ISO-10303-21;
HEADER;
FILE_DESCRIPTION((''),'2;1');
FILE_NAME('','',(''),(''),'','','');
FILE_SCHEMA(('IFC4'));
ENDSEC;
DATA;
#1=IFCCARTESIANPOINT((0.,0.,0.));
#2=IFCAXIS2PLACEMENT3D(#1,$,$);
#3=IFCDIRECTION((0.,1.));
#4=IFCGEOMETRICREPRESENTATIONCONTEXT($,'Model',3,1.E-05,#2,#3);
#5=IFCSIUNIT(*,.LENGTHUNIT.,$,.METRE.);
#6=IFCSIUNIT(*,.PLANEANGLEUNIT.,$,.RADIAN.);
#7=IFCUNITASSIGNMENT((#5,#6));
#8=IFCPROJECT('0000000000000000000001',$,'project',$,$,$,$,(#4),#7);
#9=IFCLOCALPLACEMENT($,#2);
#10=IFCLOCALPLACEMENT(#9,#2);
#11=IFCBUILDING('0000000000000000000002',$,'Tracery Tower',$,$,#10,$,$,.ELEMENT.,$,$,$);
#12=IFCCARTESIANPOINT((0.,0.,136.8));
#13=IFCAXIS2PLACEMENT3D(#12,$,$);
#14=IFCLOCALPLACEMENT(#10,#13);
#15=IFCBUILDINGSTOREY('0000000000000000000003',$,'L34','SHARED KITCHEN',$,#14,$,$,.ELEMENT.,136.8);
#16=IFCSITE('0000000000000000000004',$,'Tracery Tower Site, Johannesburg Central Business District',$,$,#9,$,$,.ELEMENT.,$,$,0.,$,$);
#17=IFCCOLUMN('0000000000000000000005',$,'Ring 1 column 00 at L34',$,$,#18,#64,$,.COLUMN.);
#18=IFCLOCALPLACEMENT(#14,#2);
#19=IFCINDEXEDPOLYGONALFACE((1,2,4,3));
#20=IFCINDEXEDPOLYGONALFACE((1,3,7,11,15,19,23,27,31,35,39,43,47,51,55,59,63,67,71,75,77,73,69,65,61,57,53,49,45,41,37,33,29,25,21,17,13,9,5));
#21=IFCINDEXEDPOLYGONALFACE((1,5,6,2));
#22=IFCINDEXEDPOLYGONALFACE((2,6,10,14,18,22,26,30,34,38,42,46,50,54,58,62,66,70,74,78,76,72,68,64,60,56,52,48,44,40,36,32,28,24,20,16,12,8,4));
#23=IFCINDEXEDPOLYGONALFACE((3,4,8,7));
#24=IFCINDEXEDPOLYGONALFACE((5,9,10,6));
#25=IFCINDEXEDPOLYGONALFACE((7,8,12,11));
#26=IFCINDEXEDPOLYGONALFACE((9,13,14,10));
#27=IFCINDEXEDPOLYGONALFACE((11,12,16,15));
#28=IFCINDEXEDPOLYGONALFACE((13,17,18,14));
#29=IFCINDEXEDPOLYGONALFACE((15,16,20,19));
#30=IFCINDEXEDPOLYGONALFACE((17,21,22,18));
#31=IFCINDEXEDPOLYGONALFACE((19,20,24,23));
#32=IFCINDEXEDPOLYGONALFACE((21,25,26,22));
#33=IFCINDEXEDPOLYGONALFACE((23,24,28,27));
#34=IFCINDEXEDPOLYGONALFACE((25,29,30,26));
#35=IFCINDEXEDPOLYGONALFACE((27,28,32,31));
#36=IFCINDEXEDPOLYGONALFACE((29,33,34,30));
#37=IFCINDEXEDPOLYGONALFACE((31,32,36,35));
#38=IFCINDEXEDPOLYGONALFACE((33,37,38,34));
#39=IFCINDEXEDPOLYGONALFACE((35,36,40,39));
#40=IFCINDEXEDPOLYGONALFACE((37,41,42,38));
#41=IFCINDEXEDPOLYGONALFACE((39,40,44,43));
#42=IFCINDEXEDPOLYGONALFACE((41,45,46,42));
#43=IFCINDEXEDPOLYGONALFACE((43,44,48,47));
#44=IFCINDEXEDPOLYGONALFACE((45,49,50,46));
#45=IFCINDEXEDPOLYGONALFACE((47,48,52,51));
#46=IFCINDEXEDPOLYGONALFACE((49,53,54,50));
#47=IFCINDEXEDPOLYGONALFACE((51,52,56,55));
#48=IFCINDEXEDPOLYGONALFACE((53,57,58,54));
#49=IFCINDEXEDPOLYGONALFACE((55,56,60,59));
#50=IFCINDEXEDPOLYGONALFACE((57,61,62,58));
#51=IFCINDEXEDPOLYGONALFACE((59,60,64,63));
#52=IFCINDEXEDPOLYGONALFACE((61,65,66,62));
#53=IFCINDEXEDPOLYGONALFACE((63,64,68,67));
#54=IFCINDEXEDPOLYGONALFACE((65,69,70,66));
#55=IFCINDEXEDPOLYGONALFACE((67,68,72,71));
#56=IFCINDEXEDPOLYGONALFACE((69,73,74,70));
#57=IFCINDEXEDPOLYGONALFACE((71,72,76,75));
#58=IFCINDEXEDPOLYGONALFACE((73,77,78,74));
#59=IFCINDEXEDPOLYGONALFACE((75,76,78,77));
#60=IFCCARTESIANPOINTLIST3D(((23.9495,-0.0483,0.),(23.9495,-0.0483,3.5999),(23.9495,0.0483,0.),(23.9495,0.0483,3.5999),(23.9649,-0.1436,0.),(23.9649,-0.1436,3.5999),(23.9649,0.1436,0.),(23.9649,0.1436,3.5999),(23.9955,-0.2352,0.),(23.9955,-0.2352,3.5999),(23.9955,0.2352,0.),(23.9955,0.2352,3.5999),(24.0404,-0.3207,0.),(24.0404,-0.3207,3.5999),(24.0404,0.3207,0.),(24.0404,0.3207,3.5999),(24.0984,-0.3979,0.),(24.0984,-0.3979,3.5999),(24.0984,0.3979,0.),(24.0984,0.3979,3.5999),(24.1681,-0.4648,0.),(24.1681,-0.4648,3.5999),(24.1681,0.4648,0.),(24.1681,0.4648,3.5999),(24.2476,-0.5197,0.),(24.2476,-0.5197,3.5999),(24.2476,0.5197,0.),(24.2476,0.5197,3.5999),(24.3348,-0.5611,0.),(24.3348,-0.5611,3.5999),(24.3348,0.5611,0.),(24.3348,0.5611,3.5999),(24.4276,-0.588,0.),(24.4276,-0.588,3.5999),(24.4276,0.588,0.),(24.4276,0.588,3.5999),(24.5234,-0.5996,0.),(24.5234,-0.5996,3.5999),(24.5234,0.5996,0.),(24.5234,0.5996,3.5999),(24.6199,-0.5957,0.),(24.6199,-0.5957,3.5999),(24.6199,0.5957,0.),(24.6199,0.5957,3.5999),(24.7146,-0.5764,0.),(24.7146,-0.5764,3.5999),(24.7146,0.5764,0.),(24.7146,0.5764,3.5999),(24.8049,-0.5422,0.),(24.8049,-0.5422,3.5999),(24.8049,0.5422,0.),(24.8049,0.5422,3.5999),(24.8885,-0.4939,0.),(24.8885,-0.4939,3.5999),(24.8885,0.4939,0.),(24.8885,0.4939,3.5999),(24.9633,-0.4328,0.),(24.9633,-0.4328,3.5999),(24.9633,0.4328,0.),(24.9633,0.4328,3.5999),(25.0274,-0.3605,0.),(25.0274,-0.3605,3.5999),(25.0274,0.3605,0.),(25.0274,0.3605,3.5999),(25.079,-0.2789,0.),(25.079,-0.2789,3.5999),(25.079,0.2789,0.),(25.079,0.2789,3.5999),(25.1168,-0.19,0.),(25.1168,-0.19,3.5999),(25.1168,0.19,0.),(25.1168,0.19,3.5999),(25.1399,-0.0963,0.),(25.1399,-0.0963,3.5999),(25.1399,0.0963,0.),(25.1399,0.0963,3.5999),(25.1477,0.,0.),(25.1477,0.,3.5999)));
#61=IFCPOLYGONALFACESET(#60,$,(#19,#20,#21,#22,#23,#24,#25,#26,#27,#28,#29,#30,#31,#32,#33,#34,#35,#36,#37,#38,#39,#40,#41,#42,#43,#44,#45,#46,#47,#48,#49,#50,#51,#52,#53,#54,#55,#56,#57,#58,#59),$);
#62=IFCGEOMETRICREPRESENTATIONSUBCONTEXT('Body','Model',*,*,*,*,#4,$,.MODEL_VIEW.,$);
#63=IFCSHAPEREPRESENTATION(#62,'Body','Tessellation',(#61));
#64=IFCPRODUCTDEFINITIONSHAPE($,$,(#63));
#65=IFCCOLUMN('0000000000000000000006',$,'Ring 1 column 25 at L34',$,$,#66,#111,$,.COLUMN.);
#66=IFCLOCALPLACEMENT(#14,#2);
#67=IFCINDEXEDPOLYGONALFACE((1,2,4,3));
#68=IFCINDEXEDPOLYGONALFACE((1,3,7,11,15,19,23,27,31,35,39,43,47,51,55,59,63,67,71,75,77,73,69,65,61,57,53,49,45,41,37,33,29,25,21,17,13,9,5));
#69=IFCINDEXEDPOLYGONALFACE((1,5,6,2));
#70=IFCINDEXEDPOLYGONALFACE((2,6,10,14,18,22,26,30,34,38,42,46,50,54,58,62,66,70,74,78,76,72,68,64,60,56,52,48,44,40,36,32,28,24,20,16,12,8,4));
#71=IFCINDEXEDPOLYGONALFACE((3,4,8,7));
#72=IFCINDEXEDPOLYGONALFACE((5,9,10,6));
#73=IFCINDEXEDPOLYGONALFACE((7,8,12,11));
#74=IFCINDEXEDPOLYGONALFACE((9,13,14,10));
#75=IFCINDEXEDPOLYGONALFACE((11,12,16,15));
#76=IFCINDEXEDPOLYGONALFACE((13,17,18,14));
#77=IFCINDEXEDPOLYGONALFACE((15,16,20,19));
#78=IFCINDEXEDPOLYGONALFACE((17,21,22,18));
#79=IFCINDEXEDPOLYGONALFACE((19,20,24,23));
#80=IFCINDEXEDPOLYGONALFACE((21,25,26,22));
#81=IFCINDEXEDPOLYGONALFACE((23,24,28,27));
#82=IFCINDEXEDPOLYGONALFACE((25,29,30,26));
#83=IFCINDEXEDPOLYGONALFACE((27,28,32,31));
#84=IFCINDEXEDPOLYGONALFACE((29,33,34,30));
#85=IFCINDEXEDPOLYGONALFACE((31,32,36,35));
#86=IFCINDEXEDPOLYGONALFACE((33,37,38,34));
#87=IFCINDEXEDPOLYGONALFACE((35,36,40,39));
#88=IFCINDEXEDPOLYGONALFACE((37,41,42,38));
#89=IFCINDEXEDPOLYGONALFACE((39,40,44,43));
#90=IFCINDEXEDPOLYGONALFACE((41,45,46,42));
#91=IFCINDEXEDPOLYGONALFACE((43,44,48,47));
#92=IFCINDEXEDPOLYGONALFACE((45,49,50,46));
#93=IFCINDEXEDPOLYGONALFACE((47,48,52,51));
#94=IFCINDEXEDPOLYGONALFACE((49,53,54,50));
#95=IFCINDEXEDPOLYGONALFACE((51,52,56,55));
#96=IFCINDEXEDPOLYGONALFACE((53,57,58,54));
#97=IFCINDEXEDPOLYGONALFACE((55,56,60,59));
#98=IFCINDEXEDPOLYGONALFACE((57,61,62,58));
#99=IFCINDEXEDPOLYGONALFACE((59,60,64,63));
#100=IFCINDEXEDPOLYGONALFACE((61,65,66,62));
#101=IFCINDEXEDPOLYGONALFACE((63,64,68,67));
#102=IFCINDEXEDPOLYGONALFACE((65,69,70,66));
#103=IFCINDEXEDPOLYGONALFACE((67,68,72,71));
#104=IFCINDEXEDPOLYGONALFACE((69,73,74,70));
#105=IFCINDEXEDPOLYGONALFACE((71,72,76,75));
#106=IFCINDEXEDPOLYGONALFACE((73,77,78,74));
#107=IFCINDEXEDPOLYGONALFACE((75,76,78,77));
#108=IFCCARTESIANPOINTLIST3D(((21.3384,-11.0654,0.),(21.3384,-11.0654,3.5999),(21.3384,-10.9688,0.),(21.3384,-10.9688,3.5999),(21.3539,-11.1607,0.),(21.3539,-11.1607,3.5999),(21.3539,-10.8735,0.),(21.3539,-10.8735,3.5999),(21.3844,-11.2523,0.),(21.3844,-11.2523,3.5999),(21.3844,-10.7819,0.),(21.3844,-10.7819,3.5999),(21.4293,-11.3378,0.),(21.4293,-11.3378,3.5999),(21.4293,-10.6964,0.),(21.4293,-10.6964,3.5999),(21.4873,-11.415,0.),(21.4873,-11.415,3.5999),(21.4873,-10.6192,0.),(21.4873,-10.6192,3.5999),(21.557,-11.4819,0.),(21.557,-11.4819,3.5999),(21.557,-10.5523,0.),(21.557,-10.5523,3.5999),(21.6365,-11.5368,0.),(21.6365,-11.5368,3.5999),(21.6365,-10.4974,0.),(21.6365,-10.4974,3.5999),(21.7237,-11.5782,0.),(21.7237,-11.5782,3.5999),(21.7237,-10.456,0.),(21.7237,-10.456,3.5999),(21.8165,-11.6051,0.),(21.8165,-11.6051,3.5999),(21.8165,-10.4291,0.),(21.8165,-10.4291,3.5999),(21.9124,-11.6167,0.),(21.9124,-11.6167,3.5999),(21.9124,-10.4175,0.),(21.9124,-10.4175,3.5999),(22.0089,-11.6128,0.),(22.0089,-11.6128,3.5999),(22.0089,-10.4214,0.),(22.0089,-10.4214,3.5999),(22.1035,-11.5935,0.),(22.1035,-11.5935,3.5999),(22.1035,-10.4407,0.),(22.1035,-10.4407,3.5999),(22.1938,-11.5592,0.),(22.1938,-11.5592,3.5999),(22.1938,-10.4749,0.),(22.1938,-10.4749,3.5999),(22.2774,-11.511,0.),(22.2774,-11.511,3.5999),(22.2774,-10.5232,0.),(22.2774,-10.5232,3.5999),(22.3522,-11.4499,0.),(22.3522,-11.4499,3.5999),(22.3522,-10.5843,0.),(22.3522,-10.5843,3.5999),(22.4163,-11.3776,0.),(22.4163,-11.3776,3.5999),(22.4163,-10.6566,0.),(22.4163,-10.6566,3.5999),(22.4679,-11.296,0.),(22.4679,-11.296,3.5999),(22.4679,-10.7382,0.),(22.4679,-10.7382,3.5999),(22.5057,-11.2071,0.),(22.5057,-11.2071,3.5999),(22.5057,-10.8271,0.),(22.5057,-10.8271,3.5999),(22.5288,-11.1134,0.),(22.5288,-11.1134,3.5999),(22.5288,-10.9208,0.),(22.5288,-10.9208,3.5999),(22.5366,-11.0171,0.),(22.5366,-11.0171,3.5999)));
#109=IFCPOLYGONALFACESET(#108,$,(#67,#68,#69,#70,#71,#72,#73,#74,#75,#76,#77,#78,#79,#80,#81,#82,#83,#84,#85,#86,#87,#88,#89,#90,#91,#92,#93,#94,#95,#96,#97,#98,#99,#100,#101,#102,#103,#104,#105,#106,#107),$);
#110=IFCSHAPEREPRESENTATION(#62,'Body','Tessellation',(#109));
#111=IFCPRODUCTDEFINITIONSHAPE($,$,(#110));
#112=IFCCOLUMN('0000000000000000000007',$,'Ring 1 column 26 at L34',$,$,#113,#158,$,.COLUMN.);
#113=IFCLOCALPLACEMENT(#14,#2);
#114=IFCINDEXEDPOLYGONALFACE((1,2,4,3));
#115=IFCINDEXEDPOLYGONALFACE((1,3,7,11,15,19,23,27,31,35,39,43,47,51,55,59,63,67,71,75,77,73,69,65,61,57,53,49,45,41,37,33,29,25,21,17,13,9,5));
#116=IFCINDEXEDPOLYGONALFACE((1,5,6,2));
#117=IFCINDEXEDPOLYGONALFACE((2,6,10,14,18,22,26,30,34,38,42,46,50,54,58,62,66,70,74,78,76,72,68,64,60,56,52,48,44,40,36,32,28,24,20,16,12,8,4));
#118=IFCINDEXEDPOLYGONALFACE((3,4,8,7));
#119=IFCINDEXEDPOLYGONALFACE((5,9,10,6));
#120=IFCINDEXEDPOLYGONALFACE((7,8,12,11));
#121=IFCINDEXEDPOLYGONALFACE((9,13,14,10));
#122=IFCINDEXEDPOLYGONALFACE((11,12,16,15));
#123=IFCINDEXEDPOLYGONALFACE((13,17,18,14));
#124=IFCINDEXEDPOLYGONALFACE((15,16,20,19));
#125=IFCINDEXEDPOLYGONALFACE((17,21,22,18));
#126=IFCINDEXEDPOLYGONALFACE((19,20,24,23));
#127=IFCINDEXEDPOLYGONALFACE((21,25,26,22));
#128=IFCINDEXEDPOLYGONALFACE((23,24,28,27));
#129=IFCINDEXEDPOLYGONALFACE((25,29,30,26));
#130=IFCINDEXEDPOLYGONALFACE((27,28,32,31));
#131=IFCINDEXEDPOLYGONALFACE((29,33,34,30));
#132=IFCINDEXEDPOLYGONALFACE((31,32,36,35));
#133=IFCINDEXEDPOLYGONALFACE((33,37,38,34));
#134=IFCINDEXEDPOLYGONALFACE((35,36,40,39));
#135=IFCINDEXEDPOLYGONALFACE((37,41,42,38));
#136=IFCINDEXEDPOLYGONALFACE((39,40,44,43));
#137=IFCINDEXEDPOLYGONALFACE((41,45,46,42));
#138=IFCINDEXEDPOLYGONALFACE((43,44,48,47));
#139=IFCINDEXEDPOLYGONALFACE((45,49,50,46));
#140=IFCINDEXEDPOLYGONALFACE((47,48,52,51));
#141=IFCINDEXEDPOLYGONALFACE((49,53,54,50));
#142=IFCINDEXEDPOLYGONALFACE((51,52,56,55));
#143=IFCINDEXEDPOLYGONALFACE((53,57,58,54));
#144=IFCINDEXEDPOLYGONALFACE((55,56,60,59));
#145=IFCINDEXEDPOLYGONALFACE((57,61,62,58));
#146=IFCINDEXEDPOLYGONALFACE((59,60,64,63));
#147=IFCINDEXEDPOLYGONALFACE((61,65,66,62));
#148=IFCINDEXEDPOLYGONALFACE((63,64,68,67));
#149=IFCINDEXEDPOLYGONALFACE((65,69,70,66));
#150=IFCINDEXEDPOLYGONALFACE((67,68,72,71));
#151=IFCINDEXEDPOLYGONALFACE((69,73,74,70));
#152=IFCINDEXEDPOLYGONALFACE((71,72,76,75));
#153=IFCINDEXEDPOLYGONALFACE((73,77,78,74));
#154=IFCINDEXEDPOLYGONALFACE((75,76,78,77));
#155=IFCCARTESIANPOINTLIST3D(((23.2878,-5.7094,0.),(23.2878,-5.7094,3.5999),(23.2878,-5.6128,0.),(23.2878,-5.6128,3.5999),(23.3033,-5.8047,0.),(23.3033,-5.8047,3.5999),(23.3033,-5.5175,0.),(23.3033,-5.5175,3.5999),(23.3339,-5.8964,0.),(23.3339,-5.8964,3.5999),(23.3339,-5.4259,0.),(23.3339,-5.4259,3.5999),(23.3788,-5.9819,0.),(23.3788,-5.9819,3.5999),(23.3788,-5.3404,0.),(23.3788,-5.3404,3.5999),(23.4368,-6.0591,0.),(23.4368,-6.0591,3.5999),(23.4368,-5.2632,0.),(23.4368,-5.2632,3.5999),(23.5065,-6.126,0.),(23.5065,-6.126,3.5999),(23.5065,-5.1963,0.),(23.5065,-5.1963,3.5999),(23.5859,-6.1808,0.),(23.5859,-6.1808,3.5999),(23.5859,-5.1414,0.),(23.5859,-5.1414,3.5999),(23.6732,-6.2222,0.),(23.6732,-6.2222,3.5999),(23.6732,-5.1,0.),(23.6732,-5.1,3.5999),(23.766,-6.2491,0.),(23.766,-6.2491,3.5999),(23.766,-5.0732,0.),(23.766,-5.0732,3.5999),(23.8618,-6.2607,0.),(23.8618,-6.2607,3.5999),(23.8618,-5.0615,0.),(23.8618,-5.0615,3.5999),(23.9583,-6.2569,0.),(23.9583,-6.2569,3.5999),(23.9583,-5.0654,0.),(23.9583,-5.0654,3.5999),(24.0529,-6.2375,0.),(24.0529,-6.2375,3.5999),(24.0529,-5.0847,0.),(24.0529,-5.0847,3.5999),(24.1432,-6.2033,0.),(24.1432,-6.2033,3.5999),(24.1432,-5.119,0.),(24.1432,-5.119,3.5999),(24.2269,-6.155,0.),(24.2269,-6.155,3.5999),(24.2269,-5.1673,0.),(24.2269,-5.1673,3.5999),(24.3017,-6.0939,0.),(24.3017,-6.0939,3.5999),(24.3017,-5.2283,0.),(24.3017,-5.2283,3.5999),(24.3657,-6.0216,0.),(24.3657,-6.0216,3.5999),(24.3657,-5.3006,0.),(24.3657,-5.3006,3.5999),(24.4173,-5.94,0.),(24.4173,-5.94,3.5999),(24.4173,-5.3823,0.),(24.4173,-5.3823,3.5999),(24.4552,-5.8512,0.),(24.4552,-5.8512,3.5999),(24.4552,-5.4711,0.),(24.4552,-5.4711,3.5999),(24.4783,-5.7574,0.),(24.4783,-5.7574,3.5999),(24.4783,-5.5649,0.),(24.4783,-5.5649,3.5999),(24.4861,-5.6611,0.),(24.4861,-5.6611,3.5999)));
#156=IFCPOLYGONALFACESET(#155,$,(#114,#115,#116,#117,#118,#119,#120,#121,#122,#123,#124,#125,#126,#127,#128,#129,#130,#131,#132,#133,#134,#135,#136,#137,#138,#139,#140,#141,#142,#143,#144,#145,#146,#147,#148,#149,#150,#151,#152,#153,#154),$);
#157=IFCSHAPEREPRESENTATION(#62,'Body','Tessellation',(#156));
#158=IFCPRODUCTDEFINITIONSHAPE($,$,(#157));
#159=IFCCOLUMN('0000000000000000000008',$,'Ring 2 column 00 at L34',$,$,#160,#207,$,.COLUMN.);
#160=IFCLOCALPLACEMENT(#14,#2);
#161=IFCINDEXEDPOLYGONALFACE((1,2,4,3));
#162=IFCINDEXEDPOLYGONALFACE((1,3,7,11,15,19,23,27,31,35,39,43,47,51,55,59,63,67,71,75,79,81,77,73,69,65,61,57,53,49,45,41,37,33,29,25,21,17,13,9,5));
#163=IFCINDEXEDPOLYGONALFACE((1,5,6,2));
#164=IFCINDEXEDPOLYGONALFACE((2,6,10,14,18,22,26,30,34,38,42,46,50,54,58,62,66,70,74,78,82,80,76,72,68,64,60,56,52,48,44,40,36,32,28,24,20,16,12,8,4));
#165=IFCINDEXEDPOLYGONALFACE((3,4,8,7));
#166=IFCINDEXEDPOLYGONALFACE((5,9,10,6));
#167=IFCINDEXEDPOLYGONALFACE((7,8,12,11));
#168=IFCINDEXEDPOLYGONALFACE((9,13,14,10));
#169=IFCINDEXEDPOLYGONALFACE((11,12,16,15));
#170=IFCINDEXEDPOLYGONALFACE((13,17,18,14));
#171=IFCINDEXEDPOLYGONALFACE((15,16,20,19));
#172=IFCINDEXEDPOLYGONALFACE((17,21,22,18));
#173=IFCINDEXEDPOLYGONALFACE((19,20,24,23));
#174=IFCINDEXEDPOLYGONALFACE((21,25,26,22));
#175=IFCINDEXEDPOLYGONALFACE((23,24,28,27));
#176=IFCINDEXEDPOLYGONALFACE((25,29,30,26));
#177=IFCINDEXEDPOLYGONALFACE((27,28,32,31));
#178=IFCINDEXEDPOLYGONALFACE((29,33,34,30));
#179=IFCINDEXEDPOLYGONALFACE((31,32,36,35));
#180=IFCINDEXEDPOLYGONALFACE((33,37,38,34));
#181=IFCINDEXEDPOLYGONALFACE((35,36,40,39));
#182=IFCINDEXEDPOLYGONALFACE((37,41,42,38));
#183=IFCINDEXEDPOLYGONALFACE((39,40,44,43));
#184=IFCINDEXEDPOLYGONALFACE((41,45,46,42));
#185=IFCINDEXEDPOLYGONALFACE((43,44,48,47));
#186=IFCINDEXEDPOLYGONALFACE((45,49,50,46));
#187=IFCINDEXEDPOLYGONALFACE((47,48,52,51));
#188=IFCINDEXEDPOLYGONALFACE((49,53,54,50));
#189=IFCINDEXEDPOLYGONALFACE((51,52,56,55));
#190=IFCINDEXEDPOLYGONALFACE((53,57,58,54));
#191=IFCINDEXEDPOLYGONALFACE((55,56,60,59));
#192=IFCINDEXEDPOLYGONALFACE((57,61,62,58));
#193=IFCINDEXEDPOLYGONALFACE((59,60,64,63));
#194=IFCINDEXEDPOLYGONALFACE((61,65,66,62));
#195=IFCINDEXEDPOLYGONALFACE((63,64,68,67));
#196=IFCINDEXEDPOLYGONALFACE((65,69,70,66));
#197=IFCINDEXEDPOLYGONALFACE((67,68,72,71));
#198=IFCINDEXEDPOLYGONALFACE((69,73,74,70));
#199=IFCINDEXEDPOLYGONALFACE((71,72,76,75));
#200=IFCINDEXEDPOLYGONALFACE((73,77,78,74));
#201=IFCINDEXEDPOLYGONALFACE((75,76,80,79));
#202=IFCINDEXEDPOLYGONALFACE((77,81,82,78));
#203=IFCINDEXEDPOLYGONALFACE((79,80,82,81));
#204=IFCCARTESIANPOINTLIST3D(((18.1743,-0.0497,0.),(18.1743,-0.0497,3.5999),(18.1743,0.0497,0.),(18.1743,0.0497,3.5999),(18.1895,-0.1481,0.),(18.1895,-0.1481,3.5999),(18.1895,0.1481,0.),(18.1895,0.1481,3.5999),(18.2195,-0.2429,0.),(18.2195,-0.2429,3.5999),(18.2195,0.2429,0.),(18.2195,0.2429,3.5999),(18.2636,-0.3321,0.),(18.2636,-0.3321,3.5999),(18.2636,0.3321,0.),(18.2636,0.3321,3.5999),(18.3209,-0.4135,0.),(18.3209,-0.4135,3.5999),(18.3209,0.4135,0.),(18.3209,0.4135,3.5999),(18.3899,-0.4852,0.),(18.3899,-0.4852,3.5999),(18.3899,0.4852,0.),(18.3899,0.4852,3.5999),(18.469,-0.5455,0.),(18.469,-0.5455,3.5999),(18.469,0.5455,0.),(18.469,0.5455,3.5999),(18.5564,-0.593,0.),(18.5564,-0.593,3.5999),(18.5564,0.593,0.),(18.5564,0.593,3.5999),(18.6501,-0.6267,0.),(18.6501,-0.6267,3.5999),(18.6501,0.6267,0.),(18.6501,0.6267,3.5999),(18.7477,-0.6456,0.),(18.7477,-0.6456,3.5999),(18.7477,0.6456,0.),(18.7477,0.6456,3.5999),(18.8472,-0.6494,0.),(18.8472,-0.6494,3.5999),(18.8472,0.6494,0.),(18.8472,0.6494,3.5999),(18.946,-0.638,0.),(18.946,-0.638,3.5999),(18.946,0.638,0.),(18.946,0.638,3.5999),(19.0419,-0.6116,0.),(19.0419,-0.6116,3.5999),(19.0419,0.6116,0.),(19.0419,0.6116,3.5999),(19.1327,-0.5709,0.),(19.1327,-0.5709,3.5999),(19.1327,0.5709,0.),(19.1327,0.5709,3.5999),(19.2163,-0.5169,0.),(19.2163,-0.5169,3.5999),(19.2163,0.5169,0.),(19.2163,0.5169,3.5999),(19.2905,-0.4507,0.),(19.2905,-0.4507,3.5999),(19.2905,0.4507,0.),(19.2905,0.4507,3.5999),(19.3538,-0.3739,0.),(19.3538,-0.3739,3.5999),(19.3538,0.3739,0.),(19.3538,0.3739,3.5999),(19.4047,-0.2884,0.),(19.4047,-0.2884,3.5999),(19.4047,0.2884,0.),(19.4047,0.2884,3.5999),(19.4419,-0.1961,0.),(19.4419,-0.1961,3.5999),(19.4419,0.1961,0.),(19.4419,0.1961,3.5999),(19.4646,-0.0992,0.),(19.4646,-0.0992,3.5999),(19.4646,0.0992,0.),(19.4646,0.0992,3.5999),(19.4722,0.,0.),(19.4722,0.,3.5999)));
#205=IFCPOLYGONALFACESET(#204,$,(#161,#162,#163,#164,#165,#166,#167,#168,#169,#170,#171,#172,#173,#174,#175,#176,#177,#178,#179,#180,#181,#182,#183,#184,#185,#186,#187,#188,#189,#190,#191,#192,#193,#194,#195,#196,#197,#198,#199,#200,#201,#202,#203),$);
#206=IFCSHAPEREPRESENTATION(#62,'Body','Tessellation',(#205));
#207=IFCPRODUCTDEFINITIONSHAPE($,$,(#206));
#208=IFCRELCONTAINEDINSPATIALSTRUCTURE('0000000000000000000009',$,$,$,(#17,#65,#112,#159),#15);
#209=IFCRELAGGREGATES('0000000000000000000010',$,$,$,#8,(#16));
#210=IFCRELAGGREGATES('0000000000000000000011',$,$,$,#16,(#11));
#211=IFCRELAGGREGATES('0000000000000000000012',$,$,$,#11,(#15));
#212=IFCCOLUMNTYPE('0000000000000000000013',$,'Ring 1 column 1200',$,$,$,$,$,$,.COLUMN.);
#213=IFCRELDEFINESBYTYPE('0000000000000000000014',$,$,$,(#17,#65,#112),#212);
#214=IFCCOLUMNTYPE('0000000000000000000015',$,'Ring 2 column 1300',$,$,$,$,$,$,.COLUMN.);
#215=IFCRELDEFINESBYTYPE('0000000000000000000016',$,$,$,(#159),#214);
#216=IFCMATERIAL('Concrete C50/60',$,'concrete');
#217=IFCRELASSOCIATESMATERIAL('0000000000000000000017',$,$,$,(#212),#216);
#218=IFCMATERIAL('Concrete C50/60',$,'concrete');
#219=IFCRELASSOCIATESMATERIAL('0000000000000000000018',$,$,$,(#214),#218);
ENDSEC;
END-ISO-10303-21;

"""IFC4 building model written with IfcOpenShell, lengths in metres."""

from ifc_helpers import new_model, si_unit, direction, frame, origin, origin_2d, place, context, subcontext, project, spatial, circle, extrude, material, material_profile, profile_set, type_object, element, save


model = new_model("IFC4")

# Units and contexts
model_context = context("Model", 3, precision=1e-05, world=origin(), true_north=direction((0.0, 1.0)))
body_context = subcontext(model_context, "Body", "Model", "MODEL_VIEW")
ifc_project = project(units=[si_unit("LENGTHUNIT", "METRE"), si_unit("PLANEANGLEUNIT", "RADIAN")], contexts=[model_context])

# Site, building, storey
site_placement = place(None, origin())
site = spatial("IfcSite", under=ifc_project, at=site_placement, Name="Tracery Tower Site, Johannesburg Central Business District", CompositionType="ELEMENT", RefElevation=0.0)
building_placement = place(site_placement, origin())
building = spatial("IfcBuilding", under=site, at=building_placement, Name="Tracery Tower", CompositionType="ELEMENT")
storey_placement = place(building_placement, frame((0.0, 0.0, 136.8)))
storey = spatial("IfcBuildingStorey", under=building, at=storey_placement, Name="L34", Description="SHARED KITCHEN", CompositionType="ELEMENT", Elevation=136.8)

# Columns
ifc_material_1 = material(Name="Concrete C50/60", Category="concrete")
ifc_material_profile_1 = material_profile(ifc_material_1, circle(Radius=0.6001, at=origin_2d()), Name="RC D1200")
ifc_profile_set_1 = profile_set([ifc_material_profile_1], Name="Concrete C50/60")
column_type_1 = type_object("IfcColumnType", Name="Ring 1 column 1200", PredefinedType="COLUMN", material=ifc_profile_set_1)
for number, where, z_axis, x_axis, name in (
    (1, (24.5476, 0.0, 0.0), (0.0, 0.0, 1.0), (1.0, 0.0, 0.0), "Ring 1 column 00 at L34"),
    (2, (21.9365, -11.0171, 0.0), (0.0, 0.0, 1.0), (1.0, 0.0, 0.0), "Ring 1 column 25 at L34"),
    (3, (23.886, -5.6611, 0.0), (0.0, 0.0, 1.0), (1.0, 0.0, 0.0), "Ring 1 column 26 at L34"),
):
    element("IfcColumn", number, at=place(storey_placement, frame(where, z_axis=z_axis, x_axis=x_axis)), inside=storey, type_object=column_type_1, Name=name, PredefinedType="COLUMN", context=body_context, shape_type="SweptSolid", body=[
        extrude(circle(Radius=0.6001, at=origin_2d()), origin(), (0.0, 0.0, 1.0), 3.5999),
    ])
ifc_material_2 = material(Name="Concrete C50/60", Category="concrete")
ifc_material_profile_2 = material_profile(ifc_material_2, circle(Radius=0.6499, at=origin_2d()), Name="RC D1300")
ifc_profile_set_2 = profile_set([ifc_material_profile_2], Name="Concrete C50/60")
column_type_2 = type_object("IfcColumnType", Name="Ring 2 column 1300", PredefinedType="COLUMN", material=ifc_profile_set_2)
for number, where, z_axis, x_axis, name in (
    (4, (18.8223, 0.0, 0.0), (0.0, 0.0, 1.0), (1.0, 0.0, 0.0), "Ring 2 column 00 at L34"),
):
    element("IfcColumn", number, at=place(storey_placement, frame(where, z_axis=z_axis, x_axis=x_axis)), inside=storey, type_object=column_type_2, Name=name, PredefinedType="COLUMN", context=body_context, shape_type="SweptSolid", body=[
        extrude(circle(Radius=0.6499, at=origin_2d()), origin(), (0.0, 0.0, 1.0), 3.5999),
    ])

save(model, "model.ifc")
